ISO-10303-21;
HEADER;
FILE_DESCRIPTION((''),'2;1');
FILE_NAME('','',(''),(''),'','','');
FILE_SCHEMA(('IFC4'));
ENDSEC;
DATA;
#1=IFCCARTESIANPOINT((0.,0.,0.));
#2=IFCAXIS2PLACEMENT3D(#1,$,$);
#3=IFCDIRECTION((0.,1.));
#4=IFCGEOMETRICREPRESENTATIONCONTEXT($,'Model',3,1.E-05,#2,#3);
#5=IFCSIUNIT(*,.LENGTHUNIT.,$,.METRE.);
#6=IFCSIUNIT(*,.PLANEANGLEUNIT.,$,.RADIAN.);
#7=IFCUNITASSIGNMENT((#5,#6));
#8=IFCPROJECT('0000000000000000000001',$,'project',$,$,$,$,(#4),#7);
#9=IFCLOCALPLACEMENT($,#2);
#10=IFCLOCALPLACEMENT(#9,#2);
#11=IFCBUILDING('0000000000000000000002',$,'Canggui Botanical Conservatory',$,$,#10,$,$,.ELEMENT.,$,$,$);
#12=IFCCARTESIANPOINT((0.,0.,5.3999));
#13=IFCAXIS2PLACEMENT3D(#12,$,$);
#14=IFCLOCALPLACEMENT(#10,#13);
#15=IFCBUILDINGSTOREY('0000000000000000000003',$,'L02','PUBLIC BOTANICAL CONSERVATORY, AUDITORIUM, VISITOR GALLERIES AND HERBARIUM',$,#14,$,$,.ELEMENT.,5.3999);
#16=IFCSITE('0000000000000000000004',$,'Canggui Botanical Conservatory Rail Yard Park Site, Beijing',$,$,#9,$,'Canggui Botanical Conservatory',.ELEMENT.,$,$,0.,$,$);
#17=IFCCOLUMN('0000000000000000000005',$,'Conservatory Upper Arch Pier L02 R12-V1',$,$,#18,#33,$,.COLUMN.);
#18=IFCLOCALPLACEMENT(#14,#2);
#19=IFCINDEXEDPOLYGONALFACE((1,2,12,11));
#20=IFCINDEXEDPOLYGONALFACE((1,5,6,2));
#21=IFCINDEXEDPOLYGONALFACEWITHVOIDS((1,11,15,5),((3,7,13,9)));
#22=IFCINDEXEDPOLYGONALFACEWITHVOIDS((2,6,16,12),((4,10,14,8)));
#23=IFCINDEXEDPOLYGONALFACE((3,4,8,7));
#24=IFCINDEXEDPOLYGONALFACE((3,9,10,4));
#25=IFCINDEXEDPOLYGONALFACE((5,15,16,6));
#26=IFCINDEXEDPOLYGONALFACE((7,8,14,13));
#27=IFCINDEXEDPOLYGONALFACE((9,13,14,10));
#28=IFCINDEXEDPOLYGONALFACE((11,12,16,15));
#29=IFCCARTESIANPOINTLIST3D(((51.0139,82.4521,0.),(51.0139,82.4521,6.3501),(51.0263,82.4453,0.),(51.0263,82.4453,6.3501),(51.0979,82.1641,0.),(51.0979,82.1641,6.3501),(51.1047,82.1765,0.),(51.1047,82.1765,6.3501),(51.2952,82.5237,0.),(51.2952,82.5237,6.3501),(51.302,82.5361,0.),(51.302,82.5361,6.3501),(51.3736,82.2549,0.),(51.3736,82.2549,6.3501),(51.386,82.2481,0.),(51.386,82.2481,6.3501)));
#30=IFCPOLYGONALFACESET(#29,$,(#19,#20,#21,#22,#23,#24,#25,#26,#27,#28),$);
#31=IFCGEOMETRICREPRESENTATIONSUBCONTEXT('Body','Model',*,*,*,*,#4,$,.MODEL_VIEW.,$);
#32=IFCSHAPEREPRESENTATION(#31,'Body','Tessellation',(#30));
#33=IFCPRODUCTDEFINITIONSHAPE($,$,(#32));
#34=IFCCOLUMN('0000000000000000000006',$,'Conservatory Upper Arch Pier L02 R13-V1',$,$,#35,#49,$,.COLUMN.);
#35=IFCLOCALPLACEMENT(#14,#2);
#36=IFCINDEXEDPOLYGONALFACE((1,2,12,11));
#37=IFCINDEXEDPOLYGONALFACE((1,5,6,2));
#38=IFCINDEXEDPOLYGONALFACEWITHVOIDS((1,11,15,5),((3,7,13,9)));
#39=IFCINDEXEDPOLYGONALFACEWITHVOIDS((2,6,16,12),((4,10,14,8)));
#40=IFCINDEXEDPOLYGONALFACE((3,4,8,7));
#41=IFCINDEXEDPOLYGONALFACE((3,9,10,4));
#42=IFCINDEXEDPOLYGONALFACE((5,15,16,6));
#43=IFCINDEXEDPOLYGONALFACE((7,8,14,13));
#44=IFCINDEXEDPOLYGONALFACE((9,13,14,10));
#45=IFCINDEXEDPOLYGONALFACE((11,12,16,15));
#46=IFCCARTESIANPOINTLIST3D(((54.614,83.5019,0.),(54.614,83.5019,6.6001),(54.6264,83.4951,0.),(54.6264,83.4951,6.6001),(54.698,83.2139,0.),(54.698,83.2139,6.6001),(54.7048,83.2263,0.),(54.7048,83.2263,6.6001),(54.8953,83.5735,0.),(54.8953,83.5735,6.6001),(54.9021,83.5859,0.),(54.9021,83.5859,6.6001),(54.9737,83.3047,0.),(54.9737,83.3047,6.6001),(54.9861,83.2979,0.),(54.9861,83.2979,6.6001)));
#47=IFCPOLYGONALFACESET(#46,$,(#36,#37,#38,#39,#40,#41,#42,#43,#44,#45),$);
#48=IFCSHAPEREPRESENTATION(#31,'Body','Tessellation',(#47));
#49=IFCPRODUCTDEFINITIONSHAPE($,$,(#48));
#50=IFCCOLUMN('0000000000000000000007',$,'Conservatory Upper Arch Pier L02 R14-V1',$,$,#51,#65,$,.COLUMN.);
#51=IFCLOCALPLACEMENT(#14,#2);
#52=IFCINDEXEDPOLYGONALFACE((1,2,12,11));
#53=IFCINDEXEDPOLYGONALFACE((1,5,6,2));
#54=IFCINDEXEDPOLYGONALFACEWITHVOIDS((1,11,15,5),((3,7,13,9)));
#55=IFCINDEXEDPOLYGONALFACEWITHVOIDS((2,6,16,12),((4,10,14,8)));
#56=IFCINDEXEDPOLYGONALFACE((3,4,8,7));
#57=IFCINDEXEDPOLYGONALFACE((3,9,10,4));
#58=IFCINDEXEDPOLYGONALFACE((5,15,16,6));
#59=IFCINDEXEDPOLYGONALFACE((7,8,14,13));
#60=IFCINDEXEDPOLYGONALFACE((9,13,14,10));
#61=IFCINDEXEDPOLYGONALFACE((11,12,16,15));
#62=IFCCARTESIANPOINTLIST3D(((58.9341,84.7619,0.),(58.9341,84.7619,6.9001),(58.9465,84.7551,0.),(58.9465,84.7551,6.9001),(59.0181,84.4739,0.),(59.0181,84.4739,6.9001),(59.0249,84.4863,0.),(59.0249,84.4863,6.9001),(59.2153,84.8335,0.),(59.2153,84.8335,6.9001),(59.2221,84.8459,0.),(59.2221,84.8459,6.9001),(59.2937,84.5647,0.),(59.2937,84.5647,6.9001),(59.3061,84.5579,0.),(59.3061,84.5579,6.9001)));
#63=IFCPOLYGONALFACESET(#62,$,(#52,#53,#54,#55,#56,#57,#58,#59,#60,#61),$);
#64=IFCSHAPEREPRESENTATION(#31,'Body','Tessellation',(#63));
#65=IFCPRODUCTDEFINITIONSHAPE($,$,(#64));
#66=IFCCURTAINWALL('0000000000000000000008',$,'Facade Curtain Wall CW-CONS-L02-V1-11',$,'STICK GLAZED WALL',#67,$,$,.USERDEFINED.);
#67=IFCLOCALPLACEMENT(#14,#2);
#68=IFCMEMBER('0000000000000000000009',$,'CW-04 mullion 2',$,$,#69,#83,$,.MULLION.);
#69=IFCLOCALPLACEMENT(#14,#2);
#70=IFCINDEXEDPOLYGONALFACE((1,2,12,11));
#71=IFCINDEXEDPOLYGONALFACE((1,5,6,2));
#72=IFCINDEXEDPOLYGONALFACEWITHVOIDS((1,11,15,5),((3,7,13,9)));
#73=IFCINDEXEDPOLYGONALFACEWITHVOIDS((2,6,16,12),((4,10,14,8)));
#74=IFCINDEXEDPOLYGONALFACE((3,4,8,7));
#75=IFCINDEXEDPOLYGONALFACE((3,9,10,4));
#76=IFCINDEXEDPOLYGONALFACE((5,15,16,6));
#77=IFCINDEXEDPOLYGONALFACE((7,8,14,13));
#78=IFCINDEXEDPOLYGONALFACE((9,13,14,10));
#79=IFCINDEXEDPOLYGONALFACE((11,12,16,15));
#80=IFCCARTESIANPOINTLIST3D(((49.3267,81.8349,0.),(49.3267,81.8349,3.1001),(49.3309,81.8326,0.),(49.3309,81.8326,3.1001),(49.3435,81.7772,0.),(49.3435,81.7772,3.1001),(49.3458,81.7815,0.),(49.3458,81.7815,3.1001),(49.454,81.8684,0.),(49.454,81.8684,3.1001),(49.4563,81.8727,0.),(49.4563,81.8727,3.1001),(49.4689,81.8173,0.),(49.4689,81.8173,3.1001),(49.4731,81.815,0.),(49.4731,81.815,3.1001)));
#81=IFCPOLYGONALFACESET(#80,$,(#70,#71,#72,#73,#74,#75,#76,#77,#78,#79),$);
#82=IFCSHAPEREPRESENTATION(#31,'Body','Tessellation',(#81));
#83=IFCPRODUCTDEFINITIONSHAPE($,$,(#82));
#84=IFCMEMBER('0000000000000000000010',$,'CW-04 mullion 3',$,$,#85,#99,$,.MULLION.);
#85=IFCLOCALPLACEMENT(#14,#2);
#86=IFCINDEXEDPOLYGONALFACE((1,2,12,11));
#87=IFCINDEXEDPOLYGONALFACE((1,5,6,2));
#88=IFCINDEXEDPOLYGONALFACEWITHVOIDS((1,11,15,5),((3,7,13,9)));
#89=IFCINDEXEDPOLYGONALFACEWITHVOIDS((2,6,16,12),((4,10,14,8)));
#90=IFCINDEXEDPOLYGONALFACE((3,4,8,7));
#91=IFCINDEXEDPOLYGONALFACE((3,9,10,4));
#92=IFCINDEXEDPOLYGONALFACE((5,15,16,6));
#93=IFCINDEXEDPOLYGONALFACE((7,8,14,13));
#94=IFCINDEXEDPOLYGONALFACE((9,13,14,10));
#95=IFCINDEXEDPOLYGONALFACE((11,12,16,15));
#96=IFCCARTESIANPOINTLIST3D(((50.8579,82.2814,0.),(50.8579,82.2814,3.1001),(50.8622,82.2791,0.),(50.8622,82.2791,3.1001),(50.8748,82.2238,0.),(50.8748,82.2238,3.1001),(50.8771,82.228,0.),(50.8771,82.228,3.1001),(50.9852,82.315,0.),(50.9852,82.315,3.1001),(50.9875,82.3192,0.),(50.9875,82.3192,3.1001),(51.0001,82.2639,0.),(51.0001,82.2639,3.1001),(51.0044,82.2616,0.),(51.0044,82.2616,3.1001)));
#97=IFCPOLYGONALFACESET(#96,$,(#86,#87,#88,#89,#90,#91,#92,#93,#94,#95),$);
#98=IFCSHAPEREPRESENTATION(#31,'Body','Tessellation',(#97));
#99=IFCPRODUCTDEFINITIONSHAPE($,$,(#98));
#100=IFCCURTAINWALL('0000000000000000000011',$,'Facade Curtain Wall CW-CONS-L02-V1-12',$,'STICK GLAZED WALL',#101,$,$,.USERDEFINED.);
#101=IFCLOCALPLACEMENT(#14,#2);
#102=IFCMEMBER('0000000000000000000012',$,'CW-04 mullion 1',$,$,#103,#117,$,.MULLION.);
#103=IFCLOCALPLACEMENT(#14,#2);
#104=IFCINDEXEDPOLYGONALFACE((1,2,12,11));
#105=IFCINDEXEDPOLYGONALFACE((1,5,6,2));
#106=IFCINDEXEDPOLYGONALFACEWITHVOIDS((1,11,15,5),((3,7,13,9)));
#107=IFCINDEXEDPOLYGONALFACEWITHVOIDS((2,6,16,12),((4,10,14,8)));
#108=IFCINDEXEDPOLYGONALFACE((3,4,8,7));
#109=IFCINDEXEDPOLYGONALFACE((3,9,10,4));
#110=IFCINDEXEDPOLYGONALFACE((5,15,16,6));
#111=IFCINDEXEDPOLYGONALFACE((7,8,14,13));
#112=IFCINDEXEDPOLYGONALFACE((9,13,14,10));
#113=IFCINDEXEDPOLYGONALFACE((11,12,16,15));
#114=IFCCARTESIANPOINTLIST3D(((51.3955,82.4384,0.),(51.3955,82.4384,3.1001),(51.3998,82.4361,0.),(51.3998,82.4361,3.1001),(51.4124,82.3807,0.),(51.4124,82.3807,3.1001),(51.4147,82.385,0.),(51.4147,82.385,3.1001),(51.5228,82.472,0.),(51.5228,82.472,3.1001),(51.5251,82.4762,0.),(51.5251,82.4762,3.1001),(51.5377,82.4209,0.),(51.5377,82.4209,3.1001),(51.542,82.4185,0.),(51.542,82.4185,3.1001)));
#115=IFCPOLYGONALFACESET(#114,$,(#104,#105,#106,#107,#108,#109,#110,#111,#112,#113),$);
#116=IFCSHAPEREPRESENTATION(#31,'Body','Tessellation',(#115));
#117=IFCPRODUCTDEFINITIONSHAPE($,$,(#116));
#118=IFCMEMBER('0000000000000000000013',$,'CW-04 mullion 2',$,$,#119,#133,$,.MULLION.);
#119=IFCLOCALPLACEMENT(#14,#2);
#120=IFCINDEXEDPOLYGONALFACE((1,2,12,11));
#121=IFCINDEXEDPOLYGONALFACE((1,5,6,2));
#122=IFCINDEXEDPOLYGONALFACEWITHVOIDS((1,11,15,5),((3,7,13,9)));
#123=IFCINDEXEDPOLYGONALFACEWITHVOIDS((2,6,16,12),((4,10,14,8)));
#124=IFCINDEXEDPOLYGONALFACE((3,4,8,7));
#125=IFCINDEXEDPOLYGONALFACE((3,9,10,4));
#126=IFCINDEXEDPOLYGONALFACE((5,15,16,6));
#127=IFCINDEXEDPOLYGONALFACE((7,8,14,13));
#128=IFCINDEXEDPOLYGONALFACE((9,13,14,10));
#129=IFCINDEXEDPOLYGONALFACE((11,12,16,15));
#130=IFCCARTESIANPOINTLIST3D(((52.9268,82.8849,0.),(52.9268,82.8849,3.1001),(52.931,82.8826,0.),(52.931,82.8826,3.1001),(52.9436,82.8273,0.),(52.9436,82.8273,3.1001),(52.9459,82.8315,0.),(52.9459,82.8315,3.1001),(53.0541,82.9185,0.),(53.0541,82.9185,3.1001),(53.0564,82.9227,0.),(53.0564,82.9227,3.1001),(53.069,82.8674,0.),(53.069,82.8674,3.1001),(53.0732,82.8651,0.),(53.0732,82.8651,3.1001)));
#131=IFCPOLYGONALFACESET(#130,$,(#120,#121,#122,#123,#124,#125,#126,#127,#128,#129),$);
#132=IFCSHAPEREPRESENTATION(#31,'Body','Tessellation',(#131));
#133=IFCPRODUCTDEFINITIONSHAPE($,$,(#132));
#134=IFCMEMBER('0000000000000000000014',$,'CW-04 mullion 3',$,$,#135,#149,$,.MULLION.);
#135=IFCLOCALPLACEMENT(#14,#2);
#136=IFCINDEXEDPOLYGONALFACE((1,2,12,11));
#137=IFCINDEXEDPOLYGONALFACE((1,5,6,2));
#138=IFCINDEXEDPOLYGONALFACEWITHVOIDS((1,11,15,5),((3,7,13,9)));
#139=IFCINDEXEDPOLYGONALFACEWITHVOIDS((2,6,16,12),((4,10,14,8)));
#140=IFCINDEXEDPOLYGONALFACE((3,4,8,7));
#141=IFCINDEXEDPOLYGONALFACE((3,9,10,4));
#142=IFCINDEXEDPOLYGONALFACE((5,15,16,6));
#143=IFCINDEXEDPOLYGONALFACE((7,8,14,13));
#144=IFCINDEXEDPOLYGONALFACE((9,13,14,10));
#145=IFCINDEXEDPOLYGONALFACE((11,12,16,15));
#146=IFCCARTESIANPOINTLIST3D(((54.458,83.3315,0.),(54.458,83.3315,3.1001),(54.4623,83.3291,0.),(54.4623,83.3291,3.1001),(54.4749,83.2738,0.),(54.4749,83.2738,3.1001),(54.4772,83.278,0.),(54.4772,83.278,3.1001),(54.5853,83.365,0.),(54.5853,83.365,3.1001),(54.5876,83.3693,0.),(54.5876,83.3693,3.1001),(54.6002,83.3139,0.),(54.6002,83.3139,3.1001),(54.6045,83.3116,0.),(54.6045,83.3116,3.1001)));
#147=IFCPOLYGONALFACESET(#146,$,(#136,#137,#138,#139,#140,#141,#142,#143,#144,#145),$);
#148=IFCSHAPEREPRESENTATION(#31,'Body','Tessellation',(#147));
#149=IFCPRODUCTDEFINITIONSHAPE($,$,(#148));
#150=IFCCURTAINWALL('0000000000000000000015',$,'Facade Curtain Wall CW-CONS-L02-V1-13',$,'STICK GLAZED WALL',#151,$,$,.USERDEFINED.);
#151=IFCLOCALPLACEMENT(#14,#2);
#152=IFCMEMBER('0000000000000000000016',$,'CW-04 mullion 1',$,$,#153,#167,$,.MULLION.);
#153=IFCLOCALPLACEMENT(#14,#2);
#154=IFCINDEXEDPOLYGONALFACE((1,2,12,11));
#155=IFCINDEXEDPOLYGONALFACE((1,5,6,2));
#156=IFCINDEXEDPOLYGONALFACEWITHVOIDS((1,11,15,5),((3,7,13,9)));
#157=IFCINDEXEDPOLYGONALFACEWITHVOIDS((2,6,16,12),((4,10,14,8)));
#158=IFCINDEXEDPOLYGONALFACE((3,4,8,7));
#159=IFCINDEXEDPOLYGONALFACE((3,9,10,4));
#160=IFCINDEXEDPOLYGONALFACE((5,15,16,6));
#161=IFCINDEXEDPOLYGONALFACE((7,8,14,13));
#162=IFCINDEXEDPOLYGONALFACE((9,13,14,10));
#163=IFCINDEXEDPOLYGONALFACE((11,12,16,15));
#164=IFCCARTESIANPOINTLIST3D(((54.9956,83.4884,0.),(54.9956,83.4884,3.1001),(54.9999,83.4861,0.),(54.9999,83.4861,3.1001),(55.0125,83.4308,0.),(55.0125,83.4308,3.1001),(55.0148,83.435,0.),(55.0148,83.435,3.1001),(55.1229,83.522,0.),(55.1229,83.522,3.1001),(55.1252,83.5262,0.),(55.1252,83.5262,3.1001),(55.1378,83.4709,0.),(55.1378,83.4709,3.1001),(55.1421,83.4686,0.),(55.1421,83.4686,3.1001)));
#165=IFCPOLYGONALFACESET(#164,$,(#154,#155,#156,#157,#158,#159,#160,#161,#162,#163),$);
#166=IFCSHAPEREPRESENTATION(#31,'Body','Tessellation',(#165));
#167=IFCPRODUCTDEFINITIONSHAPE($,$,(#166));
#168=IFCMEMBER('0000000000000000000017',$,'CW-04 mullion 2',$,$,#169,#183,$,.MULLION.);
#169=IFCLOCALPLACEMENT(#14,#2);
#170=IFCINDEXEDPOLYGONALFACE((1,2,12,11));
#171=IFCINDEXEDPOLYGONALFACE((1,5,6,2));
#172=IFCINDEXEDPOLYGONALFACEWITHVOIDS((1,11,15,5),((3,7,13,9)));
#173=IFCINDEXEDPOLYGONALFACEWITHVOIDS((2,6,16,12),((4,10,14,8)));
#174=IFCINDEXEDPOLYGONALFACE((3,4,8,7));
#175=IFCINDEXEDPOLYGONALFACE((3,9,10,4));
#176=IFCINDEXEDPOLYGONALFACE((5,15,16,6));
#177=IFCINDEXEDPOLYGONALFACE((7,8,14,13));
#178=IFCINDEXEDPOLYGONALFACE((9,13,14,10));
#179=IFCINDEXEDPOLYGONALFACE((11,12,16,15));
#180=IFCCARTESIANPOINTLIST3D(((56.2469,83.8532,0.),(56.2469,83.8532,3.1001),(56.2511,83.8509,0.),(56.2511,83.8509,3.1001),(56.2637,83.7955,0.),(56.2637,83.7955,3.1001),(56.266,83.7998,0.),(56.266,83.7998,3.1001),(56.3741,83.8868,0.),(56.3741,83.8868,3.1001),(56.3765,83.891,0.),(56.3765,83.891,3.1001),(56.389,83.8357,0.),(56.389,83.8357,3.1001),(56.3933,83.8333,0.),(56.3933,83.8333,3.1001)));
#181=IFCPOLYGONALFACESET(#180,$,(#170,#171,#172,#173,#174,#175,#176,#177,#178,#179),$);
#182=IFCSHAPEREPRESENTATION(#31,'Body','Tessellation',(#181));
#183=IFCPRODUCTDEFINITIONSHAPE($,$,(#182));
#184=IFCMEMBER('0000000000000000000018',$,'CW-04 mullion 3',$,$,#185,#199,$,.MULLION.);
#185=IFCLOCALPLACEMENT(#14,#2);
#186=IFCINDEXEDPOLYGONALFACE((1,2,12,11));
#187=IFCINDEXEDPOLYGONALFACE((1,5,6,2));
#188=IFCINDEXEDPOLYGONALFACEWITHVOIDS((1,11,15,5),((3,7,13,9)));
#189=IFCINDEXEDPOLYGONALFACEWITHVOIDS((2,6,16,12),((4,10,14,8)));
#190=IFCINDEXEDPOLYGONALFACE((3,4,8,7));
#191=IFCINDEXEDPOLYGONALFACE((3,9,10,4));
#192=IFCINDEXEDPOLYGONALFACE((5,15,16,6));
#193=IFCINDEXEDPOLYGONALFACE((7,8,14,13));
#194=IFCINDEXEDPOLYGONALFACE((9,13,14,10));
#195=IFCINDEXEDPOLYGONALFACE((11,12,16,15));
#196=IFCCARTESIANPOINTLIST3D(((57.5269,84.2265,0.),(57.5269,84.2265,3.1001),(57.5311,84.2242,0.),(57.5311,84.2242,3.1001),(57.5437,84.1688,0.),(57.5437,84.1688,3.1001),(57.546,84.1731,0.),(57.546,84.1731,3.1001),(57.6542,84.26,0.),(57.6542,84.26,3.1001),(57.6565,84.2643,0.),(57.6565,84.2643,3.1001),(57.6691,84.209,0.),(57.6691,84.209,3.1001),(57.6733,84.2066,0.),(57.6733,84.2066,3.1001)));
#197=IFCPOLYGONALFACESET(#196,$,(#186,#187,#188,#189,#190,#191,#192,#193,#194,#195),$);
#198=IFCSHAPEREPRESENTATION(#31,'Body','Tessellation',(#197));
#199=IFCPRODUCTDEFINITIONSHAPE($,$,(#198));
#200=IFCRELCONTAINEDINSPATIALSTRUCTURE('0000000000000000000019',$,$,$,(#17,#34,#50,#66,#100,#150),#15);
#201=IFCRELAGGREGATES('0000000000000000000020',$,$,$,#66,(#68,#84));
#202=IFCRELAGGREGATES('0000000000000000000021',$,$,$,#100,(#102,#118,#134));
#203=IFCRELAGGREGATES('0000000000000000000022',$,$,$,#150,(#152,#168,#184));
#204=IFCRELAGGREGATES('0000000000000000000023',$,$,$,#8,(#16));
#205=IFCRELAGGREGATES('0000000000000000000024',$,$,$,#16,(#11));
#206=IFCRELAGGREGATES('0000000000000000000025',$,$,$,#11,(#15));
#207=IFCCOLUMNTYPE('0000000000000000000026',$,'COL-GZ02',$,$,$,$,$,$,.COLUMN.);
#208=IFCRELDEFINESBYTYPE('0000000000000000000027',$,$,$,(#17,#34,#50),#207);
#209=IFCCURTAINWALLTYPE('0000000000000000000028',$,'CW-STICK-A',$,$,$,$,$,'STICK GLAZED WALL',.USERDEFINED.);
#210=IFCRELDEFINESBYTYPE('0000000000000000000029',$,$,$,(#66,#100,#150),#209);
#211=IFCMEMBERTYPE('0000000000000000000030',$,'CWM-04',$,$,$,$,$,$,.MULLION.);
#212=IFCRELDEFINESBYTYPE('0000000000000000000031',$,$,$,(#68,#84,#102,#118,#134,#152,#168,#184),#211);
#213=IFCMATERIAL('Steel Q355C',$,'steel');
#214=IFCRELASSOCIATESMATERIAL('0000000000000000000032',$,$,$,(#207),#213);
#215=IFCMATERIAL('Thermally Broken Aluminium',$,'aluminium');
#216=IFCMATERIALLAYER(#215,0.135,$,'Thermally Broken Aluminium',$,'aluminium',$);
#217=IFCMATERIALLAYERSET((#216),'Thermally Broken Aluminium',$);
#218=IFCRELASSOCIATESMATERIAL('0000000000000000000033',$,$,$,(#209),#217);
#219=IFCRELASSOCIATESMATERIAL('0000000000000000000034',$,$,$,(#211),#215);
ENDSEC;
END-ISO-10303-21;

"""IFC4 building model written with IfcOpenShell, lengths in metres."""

from ifc_helpers import new_model, si_unit, direction, frame, origin, origin_2d, place, context, subcontext, project, spatial, hollow_rectangle, extrude, material, layer, layer_set, material_profile, profile_set, type_object, element, aggregate, save


model = new_model("IFC4")

# Units and contexts
model_context = context("Model", 3, precision=1e-05, world=origin(), true_north=direction((0.0, 1.0)))
body_context = subcontext(model_context, "Body", "Model", "MODEL_VIEW")
ifc_project = project(units=[si_unit("LENGTHUNIT", "METRE"), si_unit("PLANEANGLEUNIT", "RADIAN")], contexts=[model_context])

# Site, building, storey
site_placement = place(None, origin())
site = spatial("IfcSite", under=ifc_project, at=site_placement, Name="Canggui Botanical Conservatory Rail Yard Park Site, Beijing", LongName="Canggui Botanical Conservatory", CompositionType="ELEMENT", RefElevation=0.0)
building_placement = place(site_placement, origin())
building = spatial("IfcBuilding", under=site, at=building_placement, Name="Canggui Botanical Conservatory", CompositionType="ELEMENT")
storey_placement = place(building_placement, frame((0.0, 0.0, 5.3999)))
storey = spatial("IfcBuildingStorey", under=building, at=storey_placement, Name="L02", Description="PUBLIC BOTANICAL CONSERVATORY, AUDITORIUM, VISITOR GALLERIES AND HERBARIUM", CompositionType="ELEMENT", Elevation=5.3999)

# Columns
ifc_material_1 = material(Name="Steel Q355C", Category="steel")
ifc_material_profile_1 = material_profile(ifc_material_1, hollow_rectangle(XDim=0.3, YDim=0.3, WallThickness=0.01, at=origin_2d()), Name="SHS 300x300x10")
ifc_profile_set_1 = profile_set([ifc_material_profile_1], Name="Steel Q355C")
column_type = type_object("IfcColumnType", Name="COL-GZ02", PredefinedType="COLUMN", material=ifc_profile_set_1)
column_1_placement = place(storey_placement, frame((51.2, 82.3501, 0.0), z_axis=(0.0, 0.0, 1.0), x_axis=(0.96, 0.28, 0.0)))
element("IfcColumn", 1, at=column_1_placement, inside=storey, type_object=column_type, Name="Conservatory Upper Arch Pier L02 R12-V1", PredefinedType="COLUMN", context=body_context, shape_type="SweptSolid", body=[
    extrude(hollow_rectangle(XDim=0.3, YDim=0.3, WallThickness=0.01, at=origin_2d()), origin(), (0.0, 0.0, 1.0), 6.3501),
])
column_2_placement = place(storey_placement, frame((54.8, 83.3999, 0.0), z_axis=(0.0, 0.0, 1.0), x_axis=(0.96, 0.28, 0.0)))
element("IfcColumn", 2, at=column_2_placement, inside=storey, type_object=column_type, Name="Conservatory Upper Arch Pier L02 R13-V1", PredefinedType="COLUMN", context=body_context, shape_type="SweptSolid", body=[
    extrude(hollow_rectangle(XDim=0.3, YDim=0.3, WallThickness=0.01, at=origin_2d()), origin(), (0.0, 0.0, 1.0), 6.6001),
])
column_3_placement = place(storey_placement, frame((59.1201, 84.6599, 0.0), z_axis=(0.0, 0.0, 1.0), x_axis=(0.96, 0.28, 0.0)))
element("IfcColumn", 3, at=column_3_placement, inside=storey, type_object=column_type, Name="Conservatory Upper Arch Pier L02 R14-V1", PredefinedType="COLUMN", context=body_context, shape_type="SweptSolid", body=[
    extrude(hollow_rectangle(XDim=0.3, YDim=0.3, WallThickness=0.01, at=origin_2d()), origin(), (0.0, 0.0, 1.0), 6.9001),
])

# Curtain walls, members
ifc_material_2 = material(Name="Thermally Broken Aluminium", Category="aluminium")
ifc_layer_1 = layer(ifc_material_2, 0.135, Name="Thermally Broken Aluminium", Category="aluminium")
ifc_layer_set_1 = layer_set([ifc_layer_1], Name="Thermally Broken Aluminium")
curtain_wall_type_1 = type_object("IfcCurtainWallType", Name="CW-STICK-A", ElementType="STICK GLAZED WALL", PredefinedType="USERDEFINED", material=ifc_layer_set_1)
curtain_wall_1_placement = place(storey_placement, origin())
curtain_wall_1 = element("IfcCurtainWall", 4, at=curtain_wall_1_placement, inside=storey, type_object=curtain_wall_type_1, Name="Facade Curtain Wall CW-CONS-L02-V1-11", ObjectType="STICK GLAZED WALL", PredefinedType="USERDEFINED")
ifc_material_profile_2 = material_profile(ifc_material_2, hollow_rectangle(XDim=0.0601, YDim=0.135, WallThickness=0.0034, at=origin_2d()), Name="CWM 60x135x3.5")
ifc_profile_set_2 = profile_set([ifc_material_profile_2], Name="Thermally Broken Aluminium")
member_type_1 = type_object("IfcMemberType", Name="CWM-04", PredefinedType="MULLION", material=ifc_profile_set_2)
member_1_placement = place(storey_placement, frame((49.3999, 81.825, 0.0), z_axis=(0.0, 0.0, 1.0), x_axis=(-0.28, 0.96, 0.0)))
member_1 = element("IfcMember", 5, at=member_1_placement, type_object=member_type_1, Name="CW-04 mullion 2", PredefinedType="MULLION", context=body_context, shape_type="SweptSolid", body=[
    extrude(hollow_rectangle(XDim=0.0601, YDim=0.135, WallThickness=0.0034, at=origin_2d()), origin(), (0.0, 0.0, 1.0), 3.1001),
])
member_2_placement = place(storey_placement, frame((50.9312, 82.2715, 0.0), z_axis=(0.0, 0.0, 1.0), x_axis=(-0.28, 0.96, 0.0)))
member_2 = element("IfcMember", 6, at=member_2_placement, type_object=member_type_1, Name="CW-04 mullion 3", PredefinedType="MULLION", context=body_context, shape_type="SweptSolid", body=[
    extrude(hollow_rectangle(XDim=0.0601, YDim=0.135, WallThickness=0.0034, at=origin_2d()), origin(), (0.0, 0.0, 1.0), 3.1001),
])
curtain_wall_2_placement = place(storey_placement, origin())
curtain_wall_2 = element("IfcCurtainWall", 7, at=curtain_wall_2_placement, inside=storey, type_object=curtain_wall_type_1, Name="Facade Curtain Wall CW-CONS-L02-V1-12", ObjectType="STICK GLAZED WALL", PredefinedType="USERDEFINED")
member_3_placement = place(storey_placement, frame((51.4688, 82.4285, 0.0), z_axis=(0.0, 0.0, 1.0), x_axis=(-0.28, 0.96, 0.0)))
member_3 = element("IfcMember", 8, at=member_3_placement, type_object=member_type_1, Name="CW-04 mullion 1", PredefinedType="MULLION", context=body_context, shape_type="SweptSolid", body=[
    extrude(hollow_rectangle(XDim=0.0601, YDim=0.135, WallThickness=0.0034, at=origin_2d()), origin(), (0.0, 0.0, 1.0), 3.1001),
])
member_4_placement = place(storey_placement, frame((53.0, 82.875, 0.0), z_axis=(0.0, 0.0, 1.0), x_axis=(-0.28, 0.96, 0.0)))
member_4 = element("IfcMember", 9, at=member_4_placement, type_object=member_type_1, Name="CW-04 mullion 2", PredefinedType="MULLION", context=body_context, shape_type="SweptSolid", body=[
    extrude(hollow_rectangle(XDim=0.0601, YDim=0.135, WallThickness=0.0034, at=origin_2d()), origin(), (0.0, 0.0, 1.0), 3.1001),
])
member_5_placement = place(storey_placement, frame((54.5312, 83.3215, 0.0), z_axis=(0.0, 0.0, 1.0), x_axis=(-0.28, 0.96, 0.0)))
member_5 = element("IfcMember", 10, at=member_5_placement, type_object=member_type_1, Name="CW-04 mullion 3", PredefinedType="MULLION", context=body_context, shape_type="SweptSolid", body=[
    extrude(hollow_rectangle(XDim=0.0601, YDim=0.135, WallThickness=0.0034, at=origin_2d()), origin(), (0.0, 0.0, 1.0), 3.1001),
])
curtain_wall_3_placement = place(storey_placement, origin())
curtain_wall_3 = element("IfcCurtainWall", 11, at=curtain_wall_3_placement, inside=storey, type_object=curtain_wall_type_1, Name="Facade Curtain Wall CW-CONS-L02-V1-13", ObjectType="STICK GLAZED WALL", PredefinedType="USERDEFINED")
member_6_placement = place(storey_placement, frame((55.0688, 83.4785, 0.0), z_axis=(0.0, 0.0, 1.0), x_axis=(-0.28, 0.96, 0.0)))
member_6 = element("IfcMember", 12, at=member_6_placement, type_object=member_type_1, Name="CW-04 mullion 1", PredefinedType="MULLION", context=body_context, shape_type="SweptSolid", body=[
    extrude(hollow_rectangle(XDim=0.0601, YDim=0.135, WallThickness=0.0034, at=origin_2d()), origin(), (0.0, 0.0, 1.0), 3.1001),
])
member_7_placement = place(storey_placement, frame((56.3201, 83.8433, 0.0), z_axis=(0.0, 0.0, 1.0), x_axis=(-0.28, 0.96, 0.0)))
member_7 = element("IfcMember", 13, at=member_7_placement, type_object=member_type_1, Name="CW-04 mullion 2", PredefinedType="MULLION", context=body_context, shape_type="SweptSolid", body=[
    extrude(hollow_rectangle(XDim=0.0601, YDim=0.135, WallThickness=0.0034, at=origin_2d()), origin(), (0.0, 0.0, 1.0), 3.1001),
])
member_8_placement = place(storey_placement, frame((57.6001, 84.2166, 0.0), z_axis=(0.0, 0.0, 1.0), x_axis=(-0.28, 0.96, 0.0)))
member_8 = element("IfcMember", 14, at=member_8_placement, type_object=member_type_1, Name="CW-04 mullion 3", PredefinedType="MULLION", context=body_context, shape_type="SweptSolid", body=[
    extrude(hollow_rectangle(XDim=0.0601, YDim=0.135, WallThickness=0.0034, at=origin_2d()), origin(), (0.0, 0.0, 1.0), 3.1001),
])

aggregate(curtain_wall_1, [member_1, member_2])
aggregate(curtain_wall_2, [member_3, member_4, member_5])
aggregate(curtain_wall_3, [member_6, member_7, member_8])

save(model, "model.ifc")
